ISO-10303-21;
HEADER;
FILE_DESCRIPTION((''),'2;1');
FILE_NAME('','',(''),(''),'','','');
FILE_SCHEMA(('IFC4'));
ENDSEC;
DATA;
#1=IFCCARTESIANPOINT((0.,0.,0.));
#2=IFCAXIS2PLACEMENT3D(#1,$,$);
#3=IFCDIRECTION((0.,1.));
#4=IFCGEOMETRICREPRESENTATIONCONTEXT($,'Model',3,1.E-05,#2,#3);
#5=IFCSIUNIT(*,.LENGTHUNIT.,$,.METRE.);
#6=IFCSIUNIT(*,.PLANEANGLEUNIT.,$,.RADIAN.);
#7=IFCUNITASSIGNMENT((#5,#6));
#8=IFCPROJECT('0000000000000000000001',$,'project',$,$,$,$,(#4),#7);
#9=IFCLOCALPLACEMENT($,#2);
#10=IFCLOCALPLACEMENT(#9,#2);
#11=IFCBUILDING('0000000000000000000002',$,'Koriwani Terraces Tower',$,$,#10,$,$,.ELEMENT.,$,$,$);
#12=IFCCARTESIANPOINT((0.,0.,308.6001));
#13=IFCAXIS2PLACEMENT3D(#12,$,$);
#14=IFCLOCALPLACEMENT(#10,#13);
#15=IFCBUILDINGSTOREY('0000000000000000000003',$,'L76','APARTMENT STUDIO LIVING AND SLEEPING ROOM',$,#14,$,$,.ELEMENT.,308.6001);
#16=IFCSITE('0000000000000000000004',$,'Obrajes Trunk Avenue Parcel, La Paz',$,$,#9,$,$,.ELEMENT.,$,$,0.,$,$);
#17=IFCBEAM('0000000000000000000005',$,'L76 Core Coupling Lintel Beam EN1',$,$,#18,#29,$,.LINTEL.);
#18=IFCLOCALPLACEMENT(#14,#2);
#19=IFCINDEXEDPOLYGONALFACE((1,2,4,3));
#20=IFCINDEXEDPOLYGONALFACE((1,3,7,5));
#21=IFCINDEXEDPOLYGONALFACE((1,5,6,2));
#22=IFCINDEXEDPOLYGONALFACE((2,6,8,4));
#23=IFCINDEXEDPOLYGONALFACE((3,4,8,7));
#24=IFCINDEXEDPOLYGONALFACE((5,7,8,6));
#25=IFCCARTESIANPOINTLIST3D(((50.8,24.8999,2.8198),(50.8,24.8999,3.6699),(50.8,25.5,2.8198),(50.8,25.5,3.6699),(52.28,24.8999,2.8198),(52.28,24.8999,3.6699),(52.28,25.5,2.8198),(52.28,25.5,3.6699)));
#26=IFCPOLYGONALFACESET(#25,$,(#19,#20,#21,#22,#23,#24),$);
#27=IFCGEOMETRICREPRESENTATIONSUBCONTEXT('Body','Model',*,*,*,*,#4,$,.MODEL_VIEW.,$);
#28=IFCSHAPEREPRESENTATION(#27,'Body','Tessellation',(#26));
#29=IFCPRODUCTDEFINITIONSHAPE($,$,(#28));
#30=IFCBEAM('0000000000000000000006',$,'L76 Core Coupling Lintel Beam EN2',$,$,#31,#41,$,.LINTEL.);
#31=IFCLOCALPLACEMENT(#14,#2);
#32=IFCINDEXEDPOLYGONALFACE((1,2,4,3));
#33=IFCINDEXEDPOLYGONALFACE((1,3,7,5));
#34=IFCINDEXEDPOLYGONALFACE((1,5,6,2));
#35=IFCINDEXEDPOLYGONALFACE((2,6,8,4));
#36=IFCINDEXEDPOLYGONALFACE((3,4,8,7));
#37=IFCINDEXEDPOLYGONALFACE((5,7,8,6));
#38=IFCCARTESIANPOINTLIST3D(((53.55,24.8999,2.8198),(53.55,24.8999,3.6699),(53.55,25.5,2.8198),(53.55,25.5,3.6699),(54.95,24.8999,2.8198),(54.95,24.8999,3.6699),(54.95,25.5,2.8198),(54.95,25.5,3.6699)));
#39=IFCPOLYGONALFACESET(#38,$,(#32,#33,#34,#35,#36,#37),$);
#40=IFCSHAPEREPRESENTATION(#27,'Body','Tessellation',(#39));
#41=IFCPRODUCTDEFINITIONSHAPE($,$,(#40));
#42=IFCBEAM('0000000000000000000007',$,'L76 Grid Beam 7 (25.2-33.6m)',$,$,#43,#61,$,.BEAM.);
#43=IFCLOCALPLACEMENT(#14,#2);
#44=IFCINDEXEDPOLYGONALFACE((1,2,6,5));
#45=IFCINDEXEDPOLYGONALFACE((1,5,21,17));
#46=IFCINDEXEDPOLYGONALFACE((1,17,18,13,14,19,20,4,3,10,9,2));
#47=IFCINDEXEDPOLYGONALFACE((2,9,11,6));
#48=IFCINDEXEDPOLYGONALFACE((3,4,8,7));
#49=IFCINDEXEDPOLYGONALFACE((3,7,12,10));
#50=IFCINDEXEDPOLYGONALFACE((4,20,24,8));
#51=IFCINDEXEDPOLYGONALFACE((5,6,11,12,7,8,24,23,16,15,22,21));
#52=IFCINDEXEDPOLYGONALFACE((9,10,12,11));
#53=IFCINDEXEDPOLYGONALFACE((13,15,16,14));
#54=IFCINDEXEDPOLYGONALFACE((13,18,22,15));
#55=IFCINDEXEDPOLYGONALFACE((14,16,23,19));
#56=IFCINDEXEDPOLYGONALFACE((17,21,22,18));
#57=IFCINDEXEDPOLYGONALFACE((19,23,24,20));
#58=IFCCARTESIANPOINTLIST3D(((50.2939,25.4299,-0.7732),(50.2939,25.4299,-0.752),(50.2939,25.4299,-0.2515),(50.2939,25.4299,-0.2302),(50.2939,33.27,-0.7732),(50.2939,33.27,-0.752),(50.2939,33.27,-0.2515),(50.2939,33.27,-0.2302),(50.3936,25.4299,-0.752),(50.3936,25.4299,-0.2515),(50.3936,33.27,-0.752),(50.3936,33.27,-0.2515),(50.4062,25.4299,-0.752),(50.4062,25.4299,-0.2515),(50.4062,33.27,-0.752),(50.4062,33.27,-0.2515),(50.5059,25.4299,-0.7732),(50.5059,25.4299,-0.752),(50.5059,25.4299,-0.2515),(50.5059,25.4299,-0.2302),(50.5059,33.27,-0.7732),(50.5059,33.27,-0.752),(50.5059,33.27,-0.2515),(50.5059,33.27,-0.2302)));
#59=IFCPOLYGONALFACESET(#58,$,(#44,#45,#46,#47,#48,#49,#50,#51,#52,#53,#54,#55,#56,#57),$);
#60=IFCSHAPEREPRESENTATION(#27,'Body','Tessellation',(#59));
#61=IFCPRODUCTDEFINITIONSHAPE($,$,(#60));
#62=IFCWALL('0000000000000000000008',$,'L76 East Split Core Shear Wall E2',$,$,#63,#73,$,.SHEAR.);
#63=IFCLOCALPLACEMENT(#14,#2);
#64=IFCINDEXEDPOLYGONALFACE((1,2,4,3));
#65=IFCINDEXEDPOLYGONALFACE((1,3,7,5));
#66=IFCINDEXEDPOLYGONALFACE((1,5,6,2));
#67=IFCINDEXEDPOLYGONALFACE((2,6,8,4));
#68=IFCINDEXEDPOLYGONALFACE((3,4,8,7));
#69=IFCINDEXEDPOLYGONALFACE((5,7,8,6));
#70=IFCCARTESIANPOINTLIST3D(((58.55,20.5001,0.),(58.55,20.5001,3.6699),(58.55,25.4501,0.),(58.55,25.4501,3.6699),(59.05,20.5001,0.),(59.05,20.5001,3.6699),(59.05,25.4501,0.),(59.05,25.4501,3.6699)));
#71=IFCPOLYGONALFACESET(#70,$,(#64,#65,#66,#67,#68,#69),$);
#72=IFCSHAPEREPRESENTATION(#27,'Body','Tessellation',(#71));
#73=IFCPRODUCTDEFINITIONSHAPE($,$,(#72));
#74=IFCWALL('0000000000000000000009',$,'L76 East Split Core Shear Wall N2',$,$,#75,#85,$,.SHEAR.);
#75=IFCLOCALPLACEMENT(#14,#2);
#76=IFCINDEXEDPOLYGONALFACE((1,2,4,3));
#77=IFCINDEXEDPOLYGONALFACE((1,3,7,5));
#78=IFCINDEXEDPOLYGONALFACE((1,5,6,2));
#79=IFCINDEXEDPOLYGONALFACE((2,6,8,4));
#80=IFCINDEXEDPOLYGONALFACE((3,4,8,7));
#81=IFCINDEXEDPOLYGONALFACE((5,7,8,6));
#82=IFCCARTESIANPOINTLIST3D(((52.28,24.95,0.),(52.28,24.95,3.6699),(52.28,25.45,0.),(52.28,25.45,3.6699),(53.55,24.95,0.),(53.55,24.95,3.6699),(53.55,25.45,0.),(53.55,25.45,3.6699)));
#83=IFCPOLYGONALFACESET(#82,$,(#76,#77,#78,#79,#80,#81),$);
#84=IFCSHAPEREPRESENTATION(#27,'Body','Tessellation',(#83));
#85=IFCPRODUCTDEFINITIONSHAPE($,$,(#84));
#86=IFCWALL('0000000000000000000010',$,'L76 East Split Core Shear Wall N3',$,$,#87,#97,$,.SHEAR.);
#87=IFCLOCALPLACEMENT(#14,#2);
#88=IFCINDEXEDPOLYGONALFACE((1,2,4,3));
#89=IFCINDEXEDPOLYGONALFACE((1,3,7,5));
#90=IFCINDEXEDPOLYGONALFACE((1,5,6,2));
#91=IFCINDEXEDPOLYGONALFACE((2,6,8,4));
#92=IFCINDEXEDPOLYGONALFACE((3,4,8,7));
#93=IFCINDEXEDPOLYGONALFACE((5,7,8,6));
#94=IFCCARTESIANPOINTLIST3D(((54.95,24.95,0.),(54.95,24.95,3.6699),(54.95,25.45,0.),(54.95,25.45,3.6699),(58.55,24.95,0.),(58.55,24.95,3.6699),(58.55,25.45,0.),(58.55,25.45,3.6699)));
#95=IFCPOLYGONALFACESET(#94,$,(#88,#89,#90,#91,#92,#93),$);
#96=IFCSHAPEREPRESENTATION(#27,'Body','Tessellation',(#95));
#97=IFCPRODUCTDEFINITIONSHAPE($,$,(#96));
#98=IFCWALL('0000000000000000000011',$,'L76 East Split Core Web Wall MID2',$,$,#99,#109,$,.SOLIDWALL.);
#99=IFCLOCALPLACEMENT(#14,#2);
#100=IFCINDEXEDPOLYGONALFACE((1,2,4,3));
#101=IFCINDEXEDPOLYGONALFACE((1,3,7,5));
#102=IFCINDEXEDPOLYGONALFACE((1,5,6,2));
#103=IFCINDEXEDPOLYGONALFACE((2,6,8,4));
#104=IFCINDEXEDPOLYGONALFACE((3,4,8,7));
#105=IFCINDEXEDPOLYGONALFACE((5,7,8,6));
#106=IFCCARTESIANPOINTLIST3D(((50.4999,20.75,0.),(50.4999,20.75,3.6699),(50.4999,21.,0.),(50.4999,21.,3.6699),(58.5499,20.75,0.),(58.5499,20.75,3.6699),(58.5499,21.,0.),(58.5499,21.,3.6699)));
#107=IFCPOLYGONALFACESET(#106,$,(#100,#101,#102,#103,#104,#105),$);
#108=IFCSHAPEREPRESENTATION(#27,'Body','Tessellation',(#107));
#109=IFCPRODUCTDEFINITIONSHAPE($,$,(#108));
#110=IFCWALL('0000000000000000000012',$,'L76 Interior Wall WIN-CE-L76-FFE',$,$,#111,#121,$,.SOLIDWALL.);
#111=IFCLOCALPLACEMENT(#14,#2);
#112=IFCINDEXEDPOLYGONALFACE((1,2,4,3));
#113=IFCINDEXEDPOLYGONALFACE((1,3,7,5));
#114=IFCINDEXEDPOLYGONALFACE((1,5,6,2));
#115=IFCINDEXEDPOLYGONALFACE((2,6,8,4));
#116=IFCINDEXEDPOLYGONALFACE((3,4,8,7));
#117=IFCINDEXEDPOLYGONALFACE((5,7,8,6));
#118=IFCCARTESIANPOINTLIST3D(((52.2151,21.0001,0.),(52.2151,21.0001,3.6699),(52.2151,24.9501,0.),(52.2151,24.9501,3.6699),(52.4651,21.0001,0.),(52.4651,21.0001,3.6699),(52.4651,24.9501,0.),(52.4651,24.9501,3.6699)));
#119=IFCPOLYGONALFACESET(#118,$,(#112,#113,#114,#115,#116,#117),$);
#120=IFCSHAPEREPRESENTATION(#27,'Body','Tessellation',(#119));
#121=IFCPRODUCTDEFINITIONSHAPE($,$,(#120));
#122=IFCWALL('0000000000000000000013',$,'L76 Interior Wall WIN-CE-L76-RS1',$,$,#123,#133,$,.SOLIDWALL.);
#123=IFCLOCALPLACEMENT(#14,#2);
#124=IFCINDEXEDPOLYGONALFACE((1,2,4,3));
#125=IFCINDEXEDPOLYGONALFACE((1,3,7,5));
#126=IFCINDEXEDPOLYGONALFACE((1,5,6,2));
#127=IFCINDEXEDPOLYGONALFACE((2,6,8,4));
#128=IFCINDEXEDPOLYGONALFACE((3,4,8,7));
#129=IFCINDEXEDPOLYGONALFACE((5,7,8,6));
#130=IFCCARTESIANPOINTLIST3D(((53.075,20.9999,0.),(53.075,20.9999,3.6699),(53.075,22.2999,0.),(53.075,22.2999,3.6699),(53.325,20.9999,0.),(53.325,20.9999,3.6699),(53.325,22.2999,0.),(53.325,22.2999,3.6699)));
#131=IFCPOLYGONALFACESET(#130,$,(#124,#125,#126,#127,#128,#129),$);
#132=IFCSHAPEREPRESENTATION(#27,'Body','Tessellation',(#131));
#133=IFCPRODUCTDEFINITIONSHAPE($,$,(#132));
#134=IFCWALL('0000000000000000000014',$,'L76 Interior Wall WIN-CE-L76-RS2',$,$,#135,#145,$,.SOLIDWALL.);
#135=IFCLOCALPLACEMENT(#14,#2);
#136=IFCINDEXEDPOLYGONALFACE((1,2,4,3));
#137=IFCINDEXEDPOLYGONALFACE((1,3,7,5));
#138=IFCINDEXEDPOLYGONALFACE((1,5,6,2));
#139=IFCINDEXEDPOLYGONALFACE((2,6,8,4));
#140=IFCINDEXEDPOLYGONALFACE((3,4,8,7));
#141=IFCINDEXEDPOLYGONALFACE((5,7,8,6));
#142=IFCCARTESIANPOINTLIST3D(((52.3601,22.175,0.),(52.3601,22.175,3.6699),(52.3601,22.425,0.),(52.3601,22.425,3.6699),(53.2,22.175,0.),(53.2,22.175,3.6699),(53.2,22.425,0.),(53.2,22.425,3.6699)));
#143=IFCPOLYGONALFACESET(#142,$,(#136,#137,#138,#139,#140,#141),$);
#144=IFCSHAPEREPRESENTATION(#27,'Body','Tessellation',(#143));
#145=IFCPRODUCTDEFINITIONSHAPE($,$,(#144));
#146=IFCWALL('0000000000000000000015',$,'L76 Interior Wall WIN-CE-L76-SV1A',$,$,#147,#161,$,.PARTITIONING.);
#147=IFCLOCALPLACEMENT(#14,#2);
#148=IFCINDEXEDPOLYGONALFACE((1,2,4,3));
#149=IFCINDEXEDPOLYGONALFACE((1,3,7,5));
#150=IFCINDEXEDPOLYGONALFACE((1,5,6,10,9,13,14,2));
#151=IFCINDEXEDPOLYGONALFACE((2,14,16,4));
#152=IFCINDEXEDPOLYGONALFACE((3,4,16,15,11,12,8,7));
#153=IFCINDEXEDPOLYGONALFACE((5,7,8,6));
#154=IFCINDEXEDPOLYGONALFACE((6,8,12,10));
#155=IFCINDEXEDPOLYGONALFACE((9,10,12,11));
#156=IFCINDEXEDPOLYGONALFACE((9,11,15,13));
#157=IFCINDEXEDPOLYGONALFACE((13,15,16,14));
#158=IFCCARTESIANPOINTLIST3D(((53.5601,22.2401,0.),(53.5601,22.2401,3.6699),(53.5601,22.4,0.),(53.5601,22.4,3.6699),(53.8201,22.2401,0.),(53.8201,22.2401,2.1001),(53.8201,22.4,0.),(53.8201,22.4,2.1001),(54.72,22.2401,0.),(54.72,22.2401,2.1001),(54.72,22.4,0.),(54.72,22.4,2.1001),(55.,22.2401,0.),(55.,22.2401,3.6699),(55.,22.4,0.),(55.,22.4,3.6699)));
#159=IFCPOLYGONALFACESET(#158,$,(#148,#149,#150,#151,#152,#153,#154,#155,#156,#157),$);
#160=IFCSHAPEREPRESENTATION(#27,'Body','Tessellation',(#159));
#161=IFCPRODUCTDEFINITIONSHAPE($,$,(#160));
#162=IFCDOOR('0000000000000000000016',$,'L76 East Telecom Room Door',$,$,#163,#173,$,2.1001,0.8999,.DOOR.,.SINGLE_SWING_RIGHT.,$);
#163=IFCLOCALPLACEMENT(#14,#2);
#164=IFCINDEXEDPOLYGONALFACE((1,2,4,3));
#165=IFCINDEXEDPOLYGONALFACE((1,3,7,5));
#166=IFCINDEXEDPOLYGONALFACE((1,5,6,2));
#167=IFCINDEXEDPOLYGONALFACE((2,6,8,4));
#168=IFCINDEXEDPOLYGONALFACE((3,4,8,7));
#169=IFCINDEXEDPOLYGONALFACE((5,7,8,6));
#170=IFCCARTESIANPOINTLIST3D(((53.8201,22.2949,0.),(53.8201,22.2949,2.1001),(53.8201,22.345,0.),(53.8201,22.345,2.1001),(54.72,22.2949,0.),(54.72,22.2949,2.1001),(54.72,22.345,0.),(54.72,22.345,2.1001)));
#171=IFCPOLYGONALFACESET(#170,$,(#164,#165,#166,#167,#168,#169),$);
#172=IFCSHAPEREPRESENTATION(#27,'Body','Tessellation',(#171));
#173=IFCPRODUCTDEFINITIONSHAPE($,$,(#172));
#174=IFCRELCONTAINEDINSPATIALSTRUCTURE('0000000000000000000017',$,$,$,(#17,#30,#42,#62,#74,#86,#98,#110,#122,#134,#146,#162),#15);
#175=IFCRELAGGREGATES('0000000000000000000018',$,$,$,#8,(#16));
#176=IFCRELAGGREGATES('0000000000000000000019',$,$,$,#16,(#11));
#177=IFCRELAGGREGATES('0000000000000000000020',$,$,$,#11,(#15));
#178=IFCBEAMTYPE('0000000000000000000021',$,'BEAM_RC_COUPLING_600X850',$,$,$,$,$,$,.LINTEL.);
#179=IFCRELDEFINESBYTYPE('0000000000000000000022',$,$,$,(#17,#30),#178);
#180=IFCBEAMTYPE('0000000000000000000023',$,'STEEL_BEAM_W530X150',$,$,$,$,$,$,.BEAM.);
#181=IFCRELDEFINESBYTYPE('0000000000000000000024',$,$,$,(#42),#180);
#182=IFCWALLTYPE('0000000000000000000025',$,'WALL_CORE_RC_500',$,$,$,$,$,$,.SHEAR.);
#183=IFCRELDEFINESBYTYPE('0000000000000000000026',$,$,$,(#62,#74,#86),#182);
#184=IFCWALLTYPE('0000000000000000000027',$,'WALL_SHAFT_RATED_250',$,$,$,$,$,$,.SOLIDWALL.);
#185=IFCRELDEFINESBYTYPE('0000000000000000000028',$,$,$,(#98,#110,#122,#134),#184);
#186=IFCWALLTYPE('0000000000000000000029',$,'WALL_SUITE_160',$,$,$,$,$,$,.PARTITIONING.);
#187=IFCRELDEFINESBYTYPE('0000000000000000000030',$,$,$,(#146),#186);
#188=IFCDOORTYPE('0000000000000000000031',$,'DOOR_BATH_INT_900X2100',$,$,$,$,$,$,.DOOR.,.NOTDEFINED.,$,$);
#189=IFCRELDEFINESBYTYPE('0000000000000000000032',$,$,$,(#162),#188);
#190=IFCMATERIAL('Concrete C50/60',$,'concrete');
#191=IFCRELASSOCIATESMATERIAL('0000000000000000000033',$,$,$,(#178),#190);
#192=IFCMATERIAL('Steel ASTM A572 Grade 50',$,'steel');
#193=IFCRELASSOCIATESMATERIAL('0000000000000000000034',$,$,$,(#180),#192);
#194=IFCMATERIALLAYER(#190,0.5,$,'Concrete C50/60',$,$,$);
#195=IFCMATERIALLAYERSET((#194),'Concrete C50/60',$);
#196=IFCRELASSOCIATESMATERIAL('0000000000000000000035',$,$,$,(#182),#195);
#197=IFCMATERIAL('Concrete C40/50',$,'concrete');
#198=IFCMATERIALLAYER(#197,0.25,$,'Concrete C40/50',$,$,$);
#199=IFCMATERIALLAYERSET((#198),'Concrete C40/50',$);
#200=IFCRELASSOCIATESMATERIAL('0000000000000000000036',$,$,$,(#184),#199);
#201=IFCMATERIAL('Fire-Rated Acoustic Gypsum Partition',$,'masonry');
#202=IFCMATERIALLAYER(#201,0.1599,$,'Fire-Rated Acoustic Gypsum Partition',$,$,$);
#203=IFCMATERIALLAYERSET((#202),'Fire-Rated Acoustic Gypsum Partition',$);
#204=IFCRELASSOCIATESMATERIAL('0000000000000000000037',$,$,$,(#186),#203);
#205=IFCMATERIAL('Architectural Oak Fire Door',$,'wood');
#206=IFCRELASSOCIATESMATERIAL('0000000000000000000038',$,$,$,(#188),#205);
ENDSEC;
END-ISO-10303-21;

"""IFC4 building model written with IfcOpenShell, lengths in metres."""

from ifc_helpers import new_model, si_unit, direction, frame, frame_2d, origin, origin_2d, place, context, subcontext, project, spatial, rectangle, i_section, extrude, material, layer, layer_set, material_profile, profile_set, type_object, element, fill, save


model = new_model("IFC4")

# Units and contexts
model_context = context("Model", 3, precision=1e-05, world=origin(), true_north=direction((0.0, 1.0)))
body_context = subcontext(model_context, "Body", "Model", "MODEL_VIEW")
ifc_project = project(units=[si_unit("LENGTHUNIT", "METRE"), si_unit("PLANEANGLEUNIT", "RADIAN")], contexts=[model_context])

# Site, building, storey
site_placement = place(None, origin())
site = spatial("IfcSite", under=ifc_project, at=site_placement, Name="Obrajes Trunk Avenue Parcel, La Paz", CompositionType="ELEMENT", RefElevation=0.0)
building_placement = place(site_placement, origin())
building = spatial("IfcBuilding", under=site, at=building_placement, Name="Koriwani Terraces Tower", CompositionType="ELEMENT")
storey_placement = place(building_placement, frame((0.0, 0.0, 308.6001)))
storey = spatial("IfcBuildingStorey", under=building, at=storey_placement, Name="L76", Description="APARTMENT STUDIO LIVING AND SLEEPING ROOM", CompositionType="ELEMENT", Elevation=308.6001)

# Beams
ifc_material_1 = material(Name="Concrete C50/60", Category="concrete")
ifc_material_profile_1 = material_profile(ifc_material_1, rectangle(XDim=0.6001, YDim=0.8501, at=origin_2d()), Name="Concrete C50/60", Category="LoadBearing")
ifc_profile_set_1 = profile_set([ifc_material_profile_1], Name="Concrete C50/60")
beam_type_1 = type_object("IfcBeamType", Name="BEAM_RC_COUPLING_600X850", PredefinedType="LINTEL", material=ifc_profile_set_1)
beam_1_placement = place(storey_placement, frame((50.8, 25.2, 3.2449), z_axis=(1.0, 0.0, 0.0), x_axis=(0.0, 1.0, 0.0)))
element("IfcBeam", 1, at=beam_1_placement, inside=storey, type_object=beam_type_1, Name="L76 Core Coupling Lintel Beam EN1", PredefinedType="LINTEL", context=body_context, shape_type="SweptSolid", body=[
    extrude(rectangle(XDim=0.6001, YDim=0.8501, at=origin_2d()), origin(), (0.0, 0.0, 1.0), 1.48),
])
beam_2_placement = place(storey_placement, frame((53.55, 25.2, 3.2449), z_axis=(1.0, 0.0, 0.0), x_axis=(0.0, 1.0, 0.0)))
element("IfcBeam", 2, at=beam_2_placement, inside=storey, type_object=beam_type_1, Name="L76 Core Coupling Lintel Beam EN2", PredefinedType="LINTEL", context=body_context, shape_type="SweptSolid", body=[
    extrude(rectangle(XDim=0.6001, YDim=0.8501, at=origin_2d()), origin(), (0.0, 0.0, 1.0), 1.3999),
])
ifc_material_2 = material(Name="Steel ASTM A572 Grade 50", Category="steel")
ifc_material_profile_2 = material_profile(ifc_material_2, i_section(OverallWidth=0.2119, OverallDepth=0.543, WebThickness=0.0127, FlangeThickness=0.0212, at=origin_2d()), Name="Steel ASTM A572 Grade 50", Category="LoadBearing")
ifc_profile_set_2 = profile_set([ifc_material_profile_2], Name="Steel ASTM A572 Grade 50")
beam_type_2 = type_object("IfcBeamType", Name="STEEL_BEAM_W530X150", PredefinedType="BEAM", material=ifc_profile_set_2)
beam_3_placement = place(storey_placement, frame((50.3999, 25.4299, -0.5017), z_axis=(0.0, 1.0, 0.0), x_axis=(-1.0, 0.0, 0.0)))
element("IfcBeam", 3, at=beam_3_placement, inside=storey, type_object=beam_type_2, Name="L76 Grid Beam 7 (25.2-33.6m)", PredefinedType="BEAM", context=body_context, shape_type="SweptSolid", body=[
    extrude(i_section(OverallWidth=0.2119, OverallDepth=0.543, WebThickness=0.0127, FlangeThickness=0.0212, at=origin_2d()), origin(), (0.0, 0.0, 1.0), 7.8401),
])

# Walls
ifc_layer_1 = layer(ifc_material_1, 0.5, Name="Concrete C50/60")
ifc_layer_set_1 = layer_set([ifc_layer_1], Name="Concrete C50/60")
wall_type_1 = type_object("IfcWallType", Name="WALL_CORE_RC_500", PredefinedType="SHEAR", material=ifc_layer_set_1)
wall_1_placement = place(storey_placement, frame((58.8, 20.5, 0.0), z_axis=(0.0, 0.0, 1.0), x_axis=(0.0, 1.0, 0.0)))
element("IfcWall", 4, at=wall_1_placement, inside=storey, type_object=wall_type_1, Name="L76 East Split Core Shear Wall E2", PredefinedType="SHEAR", context=body_context, shape_type="SweptSolid", body=[
    extrude(rectangle(XDim=4.95, YDim=0.5, at=frame_2d((2.4751, 0.0))), origin(), (0.0, 0.0, 1.0), 3.6699),
])
wall_2_placement = place(storey_placement, frame((52.28, 25.2, 0.0), z_axis=(0.0, 0.0, 1.0), x_axis=(1.0, 0.0, 0.0)))
element("IfcWall", 5, at=wall_2_placement, inside=storey, type_object=wall_type_1, Name="L76 East Split Core Shear Wall N2", PredefinedType="SHEAR", context=body_context, shape_type="SweptSolid", body=[
    extrude(rectangle(XDim=1.27, YDim=0.5, at=frame_2d((0.635, 0.0))), origin(), (0.0, 0.0, 1.0), 3.6699),
])
wall_3_placement = place(storey_placement, frame((54.95, 25.2, 0.0), z_axis=(0.0, 0.0, 1.0), x_axis=(1.0, 0.0, 0.0)))
element("IfcWall", 6, at=wall_3_placement, inside=storey, type_object=wall_type_1, Name="L76 East Split Core Shear Wall N3", PredefinedType="SHEAR", context=body_context, shape_type="SweptSolid", body=[
    extrude(rectangle(XDim=3.6001, YDim=0.5, at=frame_2d((1.8, 0.0))), origin(), (0.0, 0.0, 1.0), 3.6699),
])
ifc_material_3 = material(Name="Concrete C40/50", Category="concrete")
ifc_layer_2 = layer(ifc_material_3, 0.25, Name="Concrete C40/50")
ifc_layer_set_2 = layer_set([ifc_layer_2], Name="Concrete C40/50")
wall_type_2 = type_object("IfcWallType", Name="WALL_SHAFT_RATED_250", PredefinedType="SOLIDWALL", material=ifc_layer_set_2)
wall_4_placement = place(storey_placement, frame((50.5, 20.875, 0.0), z_axis=(0.0, 0.0, 1.0), x_axis=(1.0, 0.0, 0.0)))
element("IfcWall", 7, at=wall_4_placement, inside=storey, type_object=wall_type_2, Name="L76 East Split Core Web Wall MID2", PredefinedType="SOLIDWALL", context=body_context, shape_type="SweptSolid", body=[
    extrude(rectangle(XDim=8.05, YDim=0.25, at=frame_2d((4.0249, 0.0))), origin(), (0.0, 0.0, 1.0), 3.6699),
])

# Wall
wall_5_placement = place(storey_placement, frame((52.3401, 21.0, 0.0), z_axis=(0.0, 0.0, 1.0), x_axis=(0.0, 1.0, 0.0)))
element("IfcWall", 8, at=wall_5_placement, inside=storey, type_object=wall_type_2, Name="L76 Interior Wall WIN-CE-L76-FFE", PredefinedType="SOLIDWALL", context=body_context, shape_type="SweptSolid", body=[
    extrude(rectangle(XDim=3.95, YDim=0.25, at=frame_2d((1.9751, 0.0))), origin(), (0.0, 0.0, 1.0), 3.6699),
])

# Walls
wall_6_placement = place(storey_placement, frame((53.2, 21.0, 0.0), z_axis=(0.0, 0.0, 1.0), x_axis=(0.0, 1.0, 0.0)))
element("IfcWall", 9, at=wall_6_placement, inside=storey, type_object=wall_type_2, Name="L76 Interior Wall WIN-CE-L76-RS1", PredefinedType="SOLIDWALL", context=body_context, shape_type="SweptSolid", body=[
    extrude(rectangle(XDim=1.3, YDim=0.25, at=frame_2d((0.6499, 0.0))), origin(), (0.0, 0.0, 1.0), 3.6699),
])
wall_7_placement = place(storey_placement, frame((52.3601, 22.3, 0.0), z_axis=(0.0, 0.0, 1.0), x_axis=(1.0, 0.0, 0.0)))
element("IfcWall", 10, at=wall_7_placement, inside=storey, type_object=wall_type_2, Name="L76 Interior Wall WIN-CE-L76-RS2", PredefinedType="SOLIDWALL", context=body_context, shape_type="SweptSolid", body=[
    extrude(rectangle(XDim=0.8398, YDim=0.25, at=frame_2d((0.4199, 0.0))), origin(), (0.0, 0.0, 1.0), 3.6699),
])

# Wall, opening, door
ifc_material_4 = material(Name="Fire-Rated Acoustic Gypsum Partition", Category="masonry")
ifc_layer_3 = layer(ifc_material_4, 0.1599, Name="Fire-Rated Acoustic Gypsum Partition")
ifc_layer_set_3 = layer_set([ifc_layer_3], Name="Fire-Rated Acoustic Gypsum Partition")
wall_type_3 = type_object("IfcWallType", Name="WALL_SUITE_160", PredefinedType="PARTITIONING", material=ifc_layer_set_3)
wall_8_placement = place(storey_placement, frame((53.5601, 22.3201, 0.0), z_axis=(0.0, 0.0, 1.0), x_axis=(1.0, 0.0, 0.0)))
wall_8 = element("IfcWall", 11, at=wall_8_placement, inside=storey, type_object=wall_type_3, Name="L76 Interior Wall WIN-CE-L76-SV1A", PredefinedType="PARTITIONING", context=body_context, shape_type="SweptSolid", body=[
    extrude(rectangle(XDim=1.4399, YDim=0.1599, at=frame_2d((0.72, 0.0))), origin(), (0.0, 0.0, 1.0), 3.6699),
])
opening_1_placement = place(wall_8_placement, frame((0.26, 0.0, 0.0)))
opening_1 = element("IfcOpeningElement", 12, at=opening_1_placement, cuts=wall_8, PredefinedType="OPENING", context=body_context, shape_type="SweptSolid", body=[
    extrude(rectangle(XDim=0.8999, YDim=2.1001, at=frame_2d((0.45, 1.05))), frame((0.0, 0.0898, 0.0), z_axis=(0.0, -1.0, 0.0), x_axis=(1.0, 0.0, 0.0)), (0.0, 0.0, 1.0), 0.1799),
])
ifc_material_5 = material(Name="Architectural Oak Fire Door", Category="wood")
door_type_1 = type_object("IfcDoorType", Name="DOOR_BATH_INT_900X2100", OperationType="NOTDEFINED", PredefinedType="DOOR", material=ifc_material_5)
door_1_placement = place(opening_1_placement, origin())
door_1 = element("IfcDoor", 13, at=door_1_placement, inside=storey, type_object=door_type_1, Name="L76 East Telecom Room Door", OperationType="SINGLE_SWING_RIGHT", OverallHeight=2.1001, OverallWidth=0.8999, PredefinedType="DOOR", context=body_context, shape_type="SweptSolid", body=[
    extrude(rectangle(XDim=0.8999, YDim=2.1001, at=frame_2d((0.45, 1.05))), frame((0.0, 0.0249, 0.0), z_axis=(0.0, -1.0, 0.0), x_axis=(1.0, 0.0, 0.0)), (0.0, 0.0, 1.0), 0.05),
])
fill(opening_1, door_1)

save(model, "model.ifc")
